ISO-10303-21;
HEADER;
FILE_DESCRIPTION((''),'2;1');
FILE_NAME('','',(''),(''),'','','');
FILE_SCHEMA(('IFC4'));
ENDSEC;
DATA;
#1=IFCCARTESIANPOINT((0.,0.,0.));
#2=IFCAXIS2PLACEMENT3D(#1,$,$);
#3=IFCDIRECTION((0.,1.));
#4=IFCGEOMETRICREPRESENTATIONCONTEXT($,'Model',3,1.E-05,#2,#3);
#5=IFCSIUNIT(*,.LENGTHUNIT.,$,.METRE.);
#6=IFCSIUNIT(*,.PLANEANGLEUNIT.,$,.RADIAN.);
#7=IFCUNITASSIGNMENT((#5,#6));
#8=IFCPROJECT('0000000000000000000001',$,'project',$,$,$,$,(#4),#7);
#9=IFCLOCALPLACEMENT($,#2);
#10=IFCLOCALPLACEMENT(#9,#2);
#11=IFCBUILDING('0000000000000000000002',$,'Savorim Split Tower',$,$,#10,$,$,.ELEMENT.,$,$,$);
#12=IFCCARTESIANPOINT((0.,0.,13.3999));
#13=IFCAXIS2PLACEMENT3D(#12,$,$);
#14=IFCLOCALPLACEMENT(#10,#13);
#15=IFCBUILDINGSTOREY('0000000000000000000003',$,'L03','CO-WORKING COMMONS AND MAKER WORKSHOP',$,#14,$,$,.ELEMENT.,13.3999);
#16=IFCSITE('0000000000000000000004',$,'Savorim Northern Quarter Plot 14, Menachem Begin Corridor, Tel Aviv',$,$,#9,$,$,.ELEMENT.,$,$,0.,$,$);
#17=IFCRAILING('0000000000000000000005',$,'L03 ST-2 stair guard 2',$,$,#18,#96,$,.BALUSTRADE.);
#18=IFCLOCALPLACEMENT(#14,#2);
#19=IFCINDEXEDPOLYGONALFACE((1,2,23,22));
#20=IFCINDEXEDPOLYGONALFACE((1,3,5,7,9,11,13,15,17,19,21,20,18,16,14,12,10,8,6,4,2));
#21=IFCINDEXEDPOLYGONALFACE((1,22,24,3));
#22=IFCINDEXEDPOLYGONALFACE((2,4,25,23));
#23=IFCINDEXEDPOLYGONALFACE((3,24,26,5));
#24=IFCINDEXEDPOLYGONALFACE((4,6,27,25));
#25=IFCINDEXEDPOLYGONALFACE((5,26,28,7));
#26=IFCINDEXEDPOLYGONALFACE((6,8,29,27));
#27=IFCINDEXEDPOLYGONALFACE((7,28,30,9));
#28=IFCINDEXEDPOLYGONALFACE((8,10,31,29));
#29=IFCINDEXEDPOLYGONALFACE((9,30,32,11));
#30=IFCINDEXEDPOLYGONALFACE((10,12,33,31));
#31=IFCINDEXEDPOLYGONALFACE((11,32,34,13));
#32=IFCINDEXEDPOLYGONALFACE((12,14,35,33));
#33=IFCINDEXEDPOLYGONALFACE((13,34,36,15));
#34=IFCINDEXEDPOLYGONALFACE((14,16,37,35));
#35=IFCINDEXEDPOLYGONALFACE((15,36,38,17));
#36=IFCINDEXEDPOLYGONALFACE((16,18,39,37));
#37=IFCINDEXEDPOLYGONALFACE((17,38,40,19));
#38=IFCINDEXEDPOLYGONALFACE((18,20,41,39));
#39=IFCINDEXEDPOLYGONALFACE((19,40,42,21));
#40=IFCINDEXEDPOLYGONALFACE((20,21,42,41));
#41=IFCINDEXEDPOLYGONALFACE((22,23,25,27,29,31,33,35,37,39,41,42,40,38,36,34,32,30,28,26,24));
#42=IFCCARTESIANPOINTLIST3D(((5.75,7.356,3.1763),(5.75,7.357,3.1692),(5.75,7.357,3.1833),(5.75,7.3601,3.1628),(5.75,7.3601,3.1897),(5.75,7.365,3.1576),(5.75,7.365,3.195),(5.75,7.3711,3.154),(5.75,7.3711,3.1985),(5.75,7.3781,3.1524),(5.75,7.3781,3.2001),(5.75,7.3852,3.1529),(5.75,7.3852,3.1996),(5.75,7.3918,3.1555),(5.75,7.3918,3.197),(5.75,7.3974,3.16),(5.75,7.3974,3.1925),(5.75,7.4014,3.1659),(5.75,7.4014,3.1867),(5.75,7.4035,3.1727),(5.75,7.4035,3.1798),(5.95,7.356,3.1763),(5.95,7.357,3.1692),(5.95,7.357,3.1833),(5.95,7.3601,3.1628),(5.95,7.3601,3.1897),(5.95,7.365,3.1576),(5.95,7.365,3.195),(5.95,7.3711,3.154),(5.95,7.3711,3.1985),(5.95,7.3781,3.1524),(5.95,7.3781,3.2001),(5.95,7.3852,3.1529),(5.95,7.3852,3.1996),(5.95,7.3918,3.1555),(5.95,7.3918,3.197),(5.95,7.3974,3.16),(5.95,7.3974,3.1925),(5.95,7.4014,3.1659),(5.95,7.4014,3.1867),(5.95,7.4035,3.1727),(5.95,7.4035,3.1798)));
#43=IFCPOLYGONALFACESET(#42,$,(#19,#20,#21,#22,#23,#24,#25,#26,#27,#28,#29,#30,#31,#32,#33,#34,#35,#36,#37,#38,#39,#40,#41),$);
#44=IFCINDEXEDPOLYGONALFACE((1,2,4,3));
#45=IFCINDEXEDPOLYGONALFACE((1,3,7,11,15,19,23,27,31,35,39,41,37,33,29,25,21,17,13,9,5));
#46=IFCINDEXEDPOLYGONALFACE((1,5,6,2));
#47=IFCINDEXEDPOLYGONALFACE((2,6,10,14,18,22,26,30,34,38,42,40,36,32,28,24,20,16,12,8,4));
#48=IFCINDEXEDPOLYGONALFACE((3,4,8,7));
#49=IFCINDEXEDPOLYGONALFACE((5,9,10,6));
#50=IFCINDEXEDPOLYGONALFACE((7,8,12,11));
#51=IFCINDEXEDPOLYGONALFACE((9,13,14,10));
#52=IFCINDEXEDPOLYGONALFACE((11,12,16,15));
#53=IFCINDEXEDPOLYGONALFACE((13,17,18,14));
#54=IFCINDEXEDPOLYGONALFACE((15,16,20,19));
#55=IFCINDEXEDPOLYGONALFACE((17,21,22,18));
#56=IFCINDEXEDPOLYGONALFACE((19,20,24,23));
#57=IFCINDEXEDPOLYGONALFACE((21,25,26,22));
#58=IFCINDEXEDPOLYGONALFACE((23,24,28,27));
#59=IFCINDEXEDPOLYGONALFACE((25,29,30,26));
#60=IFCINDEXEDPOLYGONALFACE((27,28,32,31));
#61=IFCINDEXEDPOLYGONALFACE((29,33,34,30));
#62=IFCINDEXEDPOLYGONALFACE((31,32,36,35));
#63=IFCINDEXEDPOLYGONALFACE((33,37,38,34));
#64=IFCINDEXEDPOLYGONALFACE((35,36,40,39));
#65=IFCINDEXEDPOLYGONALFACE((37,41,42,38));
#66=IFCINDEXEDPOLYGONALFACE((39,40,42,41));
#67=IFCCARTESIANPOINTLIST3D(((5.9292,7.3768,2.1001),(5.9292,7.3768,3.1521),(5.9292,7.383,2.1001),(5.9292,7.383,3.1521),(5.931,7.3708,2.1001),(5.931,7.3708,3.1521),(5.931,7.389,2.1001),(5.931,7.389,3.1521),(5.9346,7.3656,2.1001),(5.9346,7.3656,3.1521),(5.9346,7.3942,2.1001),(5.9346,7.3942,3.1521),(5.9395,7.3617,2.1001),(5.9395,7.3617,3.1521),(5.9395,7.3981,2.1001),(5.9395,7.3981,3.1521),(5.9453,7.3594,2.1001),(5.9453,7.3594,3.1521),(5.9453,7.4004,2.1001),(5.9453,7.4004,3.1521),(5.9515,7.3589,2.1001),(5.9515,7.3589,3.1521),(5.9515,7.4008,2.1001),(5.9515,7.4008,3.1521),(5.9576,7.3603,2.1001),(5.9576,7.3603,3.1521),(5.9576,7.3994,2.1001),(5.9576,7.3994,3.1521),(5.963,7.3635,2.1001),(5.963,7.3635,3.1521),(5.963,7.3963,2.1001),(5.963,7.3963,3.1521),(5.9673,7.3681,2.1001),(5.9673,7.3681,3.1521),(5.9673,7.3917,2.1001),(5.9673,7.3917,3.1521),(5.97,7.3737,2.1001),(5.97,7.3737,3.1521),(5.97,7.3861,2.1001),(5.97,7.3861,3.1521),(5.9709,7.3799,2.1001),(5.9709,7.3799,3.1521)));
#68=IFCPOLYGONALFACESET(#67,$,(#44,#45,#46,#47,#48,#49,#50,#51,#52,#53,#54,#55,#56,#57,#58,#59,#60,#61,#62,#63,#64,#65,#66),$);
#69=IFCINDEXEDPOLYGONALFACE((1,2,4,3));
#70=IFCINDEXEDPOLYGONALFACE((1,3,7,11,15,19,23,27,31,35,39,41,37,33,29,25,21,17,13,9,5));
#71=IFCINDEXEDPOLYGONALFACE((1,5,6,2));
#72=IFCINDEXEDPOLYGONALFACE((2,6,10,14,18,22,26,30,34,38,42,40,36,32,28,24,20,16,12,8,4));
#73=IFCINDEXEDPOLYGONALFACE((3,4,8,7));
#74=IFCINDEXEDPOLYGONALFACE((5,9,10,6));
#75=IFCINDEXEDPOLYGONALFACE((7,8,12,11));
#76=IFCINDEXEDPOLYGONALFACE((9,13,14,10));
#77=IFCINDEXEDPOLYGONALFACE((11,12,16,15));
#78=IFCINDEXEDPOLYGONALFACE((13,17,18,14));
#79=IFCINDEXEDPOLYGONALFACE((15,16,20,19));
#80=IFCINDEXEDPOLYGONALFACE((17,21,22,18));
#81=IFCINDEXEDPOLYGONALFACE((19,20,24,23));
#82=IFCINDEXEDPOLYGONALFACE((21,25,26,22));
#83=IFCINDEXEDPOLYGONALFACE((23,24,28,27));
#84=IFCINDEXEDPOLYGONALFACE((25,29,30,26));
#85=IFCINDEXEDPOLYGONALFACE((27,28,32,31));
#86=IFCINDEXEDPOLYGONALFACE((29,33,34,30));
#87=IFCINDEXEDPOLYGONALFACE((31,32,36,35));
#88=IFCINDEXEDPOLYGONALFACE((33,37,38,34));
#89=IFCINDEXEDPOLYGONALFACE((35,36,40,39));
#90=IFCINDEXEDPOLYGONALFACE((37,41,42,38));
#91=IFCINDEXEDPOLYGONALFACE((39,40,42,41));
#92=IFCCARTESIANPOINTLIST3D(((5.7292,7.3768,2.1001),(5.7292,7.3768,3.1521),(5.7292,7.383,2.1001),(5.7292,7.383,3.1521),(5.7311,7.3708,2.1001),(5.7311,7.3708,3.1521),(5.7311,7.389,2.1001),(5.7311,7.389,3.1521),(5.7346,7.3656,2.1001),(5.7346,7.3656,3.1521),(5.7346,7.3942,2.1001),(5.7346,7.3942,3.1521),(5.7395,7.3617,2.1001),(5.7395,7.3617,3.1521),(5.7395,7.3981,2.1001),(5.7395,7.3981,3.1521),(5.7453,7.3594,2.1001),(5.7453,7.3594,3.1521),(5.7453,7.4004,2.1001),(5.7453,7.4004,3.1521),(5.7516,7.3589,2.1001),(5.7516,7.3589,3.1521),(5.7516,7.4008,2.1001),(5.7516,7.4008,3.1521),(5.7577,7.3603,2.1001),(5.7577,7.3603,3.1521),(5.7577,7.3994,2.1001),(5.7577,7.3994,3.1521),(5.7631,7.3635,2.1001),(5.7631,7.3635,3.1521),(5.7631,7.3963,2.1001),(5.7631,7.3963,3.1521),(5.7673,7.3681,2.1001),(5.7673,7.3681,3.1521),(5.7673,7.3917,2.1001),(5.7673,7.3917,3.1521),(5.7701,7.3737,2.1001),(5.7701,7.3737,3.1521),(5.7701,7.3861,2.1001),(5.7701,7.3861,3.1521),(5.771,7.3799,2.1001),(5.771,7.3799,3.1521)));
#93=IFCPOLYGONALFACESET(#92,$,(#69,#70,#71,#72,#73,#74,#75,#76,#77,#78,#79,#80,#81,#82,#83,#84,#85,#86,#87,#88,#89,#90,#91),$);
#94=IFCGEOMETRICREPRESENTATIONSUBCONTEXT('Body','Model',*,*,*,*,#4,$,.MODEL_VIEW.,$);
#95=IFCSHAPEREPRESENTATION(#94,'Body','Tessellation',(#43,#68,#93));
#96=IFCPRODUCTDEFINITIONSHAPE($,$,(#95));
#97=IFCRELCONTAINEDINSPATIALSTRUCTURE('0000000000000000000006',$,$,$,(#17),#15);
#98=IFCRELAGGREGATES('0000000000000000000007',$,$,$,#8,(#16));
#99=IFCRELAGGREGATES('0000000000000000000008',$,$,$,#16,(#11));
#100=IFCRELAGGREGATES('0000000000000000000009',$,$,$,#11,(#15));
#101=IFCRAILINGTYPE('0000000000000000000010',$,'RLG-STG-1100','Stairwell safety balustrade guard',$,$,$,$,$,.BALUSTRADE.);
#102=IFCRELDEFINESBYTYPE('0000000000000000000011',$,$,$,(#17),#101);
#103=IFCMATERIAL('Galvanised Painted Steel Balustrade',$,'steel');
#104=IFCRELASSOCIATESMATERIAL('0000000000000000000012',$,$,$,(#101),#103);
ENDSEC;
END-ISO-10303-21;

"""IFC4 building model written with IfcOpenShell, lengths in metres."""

from ifc_helpers import new_model, si_unit, direction, frame, origin, origin_2d, place, context, subcontext, project, spatial, circle, extrude, material, type_object, element, save


model = new_model("IFC4")

# Units and contexts
model_context = context("Model", 3, precision=1e-05, world=origin(), true_north=direction((0.0, 1.0)))
body_context = subcontext(model_context, "Body", "Model", "MODEL_VIEW")
ifc_project = project(units=[si_unit("LENGTHUNIT", "METRE"), si_unit("PLANEANGLEUNIT", "RADIAN")], contexts=[model_context])

# Site, building, storey
site_placement = place(None, origin())
site = spatial("IfcSite", under=ifc_project, at=site_placement, Name="Savorim Northern Quarter Plot 14, Menachem Begin Corridor, Tel Aviv", CompositionType="ELEMENT", RefElevation=0.0)
building_placement = place(site_placement, origin())
building = spatial("IfcBuilding", under=site, at=building_placement, Name="Savorim Split Tower", CompositionType="ELEMENT")
storey_placement = place(building_placement, frame((0.0, 0.0, 13.3999)))
storey = spatial("IfcBuildingStorey", under=building, at=storey_placement, Name="L03", Description="CO-WORKING COMMONS AND MAKER WORKSHOP", CompositionType="ELEMENT", Elevation=13.3999)

# Railing
ifc_material_1 = material(Name="Galvanised Painted Steel Balustrade", Category="steel")
railing_type_1 = type_object("IfcRailingType", Name="RLG-STG-1100", Description="Stairwell safety balustrade guard", PredefinedType="BALUSTRADE", material=ifc_material_1)
railing_1_placement = place(storey_placement, frame((5.95, 7.3799, 2.1001)))
element("IfcRailing", 1, at=railing_1_placement, inside=storey, type_object=railing_type_1, Name="L03 ST-2 stair guard 2", PredefinedType="BALUSTRADE", context=body_context, shape_type="SweptSolid", body=[
    extrude(circle(Radius=0.0239, at=origin_2d()), frame((0.0, 0.0, 1.0762), z_axis=(-1.0, 0.0, 0.0), x_axis=(0.0, -1.0, 0.0)), (0.0, 0.0, 1.0), 0.2),
    extrude(circle(Radius=0.021, at=origin_2d()), origin(), (0.0, 0.0, 1.0), 1.052),
    extrude(circle(Radius=0.021, at=origin_2d()), frame((-0.2, 0.0, 0.0)), (0.0, 0.0, 1.0), 1.052),
])

save(model, "model.ifc")
